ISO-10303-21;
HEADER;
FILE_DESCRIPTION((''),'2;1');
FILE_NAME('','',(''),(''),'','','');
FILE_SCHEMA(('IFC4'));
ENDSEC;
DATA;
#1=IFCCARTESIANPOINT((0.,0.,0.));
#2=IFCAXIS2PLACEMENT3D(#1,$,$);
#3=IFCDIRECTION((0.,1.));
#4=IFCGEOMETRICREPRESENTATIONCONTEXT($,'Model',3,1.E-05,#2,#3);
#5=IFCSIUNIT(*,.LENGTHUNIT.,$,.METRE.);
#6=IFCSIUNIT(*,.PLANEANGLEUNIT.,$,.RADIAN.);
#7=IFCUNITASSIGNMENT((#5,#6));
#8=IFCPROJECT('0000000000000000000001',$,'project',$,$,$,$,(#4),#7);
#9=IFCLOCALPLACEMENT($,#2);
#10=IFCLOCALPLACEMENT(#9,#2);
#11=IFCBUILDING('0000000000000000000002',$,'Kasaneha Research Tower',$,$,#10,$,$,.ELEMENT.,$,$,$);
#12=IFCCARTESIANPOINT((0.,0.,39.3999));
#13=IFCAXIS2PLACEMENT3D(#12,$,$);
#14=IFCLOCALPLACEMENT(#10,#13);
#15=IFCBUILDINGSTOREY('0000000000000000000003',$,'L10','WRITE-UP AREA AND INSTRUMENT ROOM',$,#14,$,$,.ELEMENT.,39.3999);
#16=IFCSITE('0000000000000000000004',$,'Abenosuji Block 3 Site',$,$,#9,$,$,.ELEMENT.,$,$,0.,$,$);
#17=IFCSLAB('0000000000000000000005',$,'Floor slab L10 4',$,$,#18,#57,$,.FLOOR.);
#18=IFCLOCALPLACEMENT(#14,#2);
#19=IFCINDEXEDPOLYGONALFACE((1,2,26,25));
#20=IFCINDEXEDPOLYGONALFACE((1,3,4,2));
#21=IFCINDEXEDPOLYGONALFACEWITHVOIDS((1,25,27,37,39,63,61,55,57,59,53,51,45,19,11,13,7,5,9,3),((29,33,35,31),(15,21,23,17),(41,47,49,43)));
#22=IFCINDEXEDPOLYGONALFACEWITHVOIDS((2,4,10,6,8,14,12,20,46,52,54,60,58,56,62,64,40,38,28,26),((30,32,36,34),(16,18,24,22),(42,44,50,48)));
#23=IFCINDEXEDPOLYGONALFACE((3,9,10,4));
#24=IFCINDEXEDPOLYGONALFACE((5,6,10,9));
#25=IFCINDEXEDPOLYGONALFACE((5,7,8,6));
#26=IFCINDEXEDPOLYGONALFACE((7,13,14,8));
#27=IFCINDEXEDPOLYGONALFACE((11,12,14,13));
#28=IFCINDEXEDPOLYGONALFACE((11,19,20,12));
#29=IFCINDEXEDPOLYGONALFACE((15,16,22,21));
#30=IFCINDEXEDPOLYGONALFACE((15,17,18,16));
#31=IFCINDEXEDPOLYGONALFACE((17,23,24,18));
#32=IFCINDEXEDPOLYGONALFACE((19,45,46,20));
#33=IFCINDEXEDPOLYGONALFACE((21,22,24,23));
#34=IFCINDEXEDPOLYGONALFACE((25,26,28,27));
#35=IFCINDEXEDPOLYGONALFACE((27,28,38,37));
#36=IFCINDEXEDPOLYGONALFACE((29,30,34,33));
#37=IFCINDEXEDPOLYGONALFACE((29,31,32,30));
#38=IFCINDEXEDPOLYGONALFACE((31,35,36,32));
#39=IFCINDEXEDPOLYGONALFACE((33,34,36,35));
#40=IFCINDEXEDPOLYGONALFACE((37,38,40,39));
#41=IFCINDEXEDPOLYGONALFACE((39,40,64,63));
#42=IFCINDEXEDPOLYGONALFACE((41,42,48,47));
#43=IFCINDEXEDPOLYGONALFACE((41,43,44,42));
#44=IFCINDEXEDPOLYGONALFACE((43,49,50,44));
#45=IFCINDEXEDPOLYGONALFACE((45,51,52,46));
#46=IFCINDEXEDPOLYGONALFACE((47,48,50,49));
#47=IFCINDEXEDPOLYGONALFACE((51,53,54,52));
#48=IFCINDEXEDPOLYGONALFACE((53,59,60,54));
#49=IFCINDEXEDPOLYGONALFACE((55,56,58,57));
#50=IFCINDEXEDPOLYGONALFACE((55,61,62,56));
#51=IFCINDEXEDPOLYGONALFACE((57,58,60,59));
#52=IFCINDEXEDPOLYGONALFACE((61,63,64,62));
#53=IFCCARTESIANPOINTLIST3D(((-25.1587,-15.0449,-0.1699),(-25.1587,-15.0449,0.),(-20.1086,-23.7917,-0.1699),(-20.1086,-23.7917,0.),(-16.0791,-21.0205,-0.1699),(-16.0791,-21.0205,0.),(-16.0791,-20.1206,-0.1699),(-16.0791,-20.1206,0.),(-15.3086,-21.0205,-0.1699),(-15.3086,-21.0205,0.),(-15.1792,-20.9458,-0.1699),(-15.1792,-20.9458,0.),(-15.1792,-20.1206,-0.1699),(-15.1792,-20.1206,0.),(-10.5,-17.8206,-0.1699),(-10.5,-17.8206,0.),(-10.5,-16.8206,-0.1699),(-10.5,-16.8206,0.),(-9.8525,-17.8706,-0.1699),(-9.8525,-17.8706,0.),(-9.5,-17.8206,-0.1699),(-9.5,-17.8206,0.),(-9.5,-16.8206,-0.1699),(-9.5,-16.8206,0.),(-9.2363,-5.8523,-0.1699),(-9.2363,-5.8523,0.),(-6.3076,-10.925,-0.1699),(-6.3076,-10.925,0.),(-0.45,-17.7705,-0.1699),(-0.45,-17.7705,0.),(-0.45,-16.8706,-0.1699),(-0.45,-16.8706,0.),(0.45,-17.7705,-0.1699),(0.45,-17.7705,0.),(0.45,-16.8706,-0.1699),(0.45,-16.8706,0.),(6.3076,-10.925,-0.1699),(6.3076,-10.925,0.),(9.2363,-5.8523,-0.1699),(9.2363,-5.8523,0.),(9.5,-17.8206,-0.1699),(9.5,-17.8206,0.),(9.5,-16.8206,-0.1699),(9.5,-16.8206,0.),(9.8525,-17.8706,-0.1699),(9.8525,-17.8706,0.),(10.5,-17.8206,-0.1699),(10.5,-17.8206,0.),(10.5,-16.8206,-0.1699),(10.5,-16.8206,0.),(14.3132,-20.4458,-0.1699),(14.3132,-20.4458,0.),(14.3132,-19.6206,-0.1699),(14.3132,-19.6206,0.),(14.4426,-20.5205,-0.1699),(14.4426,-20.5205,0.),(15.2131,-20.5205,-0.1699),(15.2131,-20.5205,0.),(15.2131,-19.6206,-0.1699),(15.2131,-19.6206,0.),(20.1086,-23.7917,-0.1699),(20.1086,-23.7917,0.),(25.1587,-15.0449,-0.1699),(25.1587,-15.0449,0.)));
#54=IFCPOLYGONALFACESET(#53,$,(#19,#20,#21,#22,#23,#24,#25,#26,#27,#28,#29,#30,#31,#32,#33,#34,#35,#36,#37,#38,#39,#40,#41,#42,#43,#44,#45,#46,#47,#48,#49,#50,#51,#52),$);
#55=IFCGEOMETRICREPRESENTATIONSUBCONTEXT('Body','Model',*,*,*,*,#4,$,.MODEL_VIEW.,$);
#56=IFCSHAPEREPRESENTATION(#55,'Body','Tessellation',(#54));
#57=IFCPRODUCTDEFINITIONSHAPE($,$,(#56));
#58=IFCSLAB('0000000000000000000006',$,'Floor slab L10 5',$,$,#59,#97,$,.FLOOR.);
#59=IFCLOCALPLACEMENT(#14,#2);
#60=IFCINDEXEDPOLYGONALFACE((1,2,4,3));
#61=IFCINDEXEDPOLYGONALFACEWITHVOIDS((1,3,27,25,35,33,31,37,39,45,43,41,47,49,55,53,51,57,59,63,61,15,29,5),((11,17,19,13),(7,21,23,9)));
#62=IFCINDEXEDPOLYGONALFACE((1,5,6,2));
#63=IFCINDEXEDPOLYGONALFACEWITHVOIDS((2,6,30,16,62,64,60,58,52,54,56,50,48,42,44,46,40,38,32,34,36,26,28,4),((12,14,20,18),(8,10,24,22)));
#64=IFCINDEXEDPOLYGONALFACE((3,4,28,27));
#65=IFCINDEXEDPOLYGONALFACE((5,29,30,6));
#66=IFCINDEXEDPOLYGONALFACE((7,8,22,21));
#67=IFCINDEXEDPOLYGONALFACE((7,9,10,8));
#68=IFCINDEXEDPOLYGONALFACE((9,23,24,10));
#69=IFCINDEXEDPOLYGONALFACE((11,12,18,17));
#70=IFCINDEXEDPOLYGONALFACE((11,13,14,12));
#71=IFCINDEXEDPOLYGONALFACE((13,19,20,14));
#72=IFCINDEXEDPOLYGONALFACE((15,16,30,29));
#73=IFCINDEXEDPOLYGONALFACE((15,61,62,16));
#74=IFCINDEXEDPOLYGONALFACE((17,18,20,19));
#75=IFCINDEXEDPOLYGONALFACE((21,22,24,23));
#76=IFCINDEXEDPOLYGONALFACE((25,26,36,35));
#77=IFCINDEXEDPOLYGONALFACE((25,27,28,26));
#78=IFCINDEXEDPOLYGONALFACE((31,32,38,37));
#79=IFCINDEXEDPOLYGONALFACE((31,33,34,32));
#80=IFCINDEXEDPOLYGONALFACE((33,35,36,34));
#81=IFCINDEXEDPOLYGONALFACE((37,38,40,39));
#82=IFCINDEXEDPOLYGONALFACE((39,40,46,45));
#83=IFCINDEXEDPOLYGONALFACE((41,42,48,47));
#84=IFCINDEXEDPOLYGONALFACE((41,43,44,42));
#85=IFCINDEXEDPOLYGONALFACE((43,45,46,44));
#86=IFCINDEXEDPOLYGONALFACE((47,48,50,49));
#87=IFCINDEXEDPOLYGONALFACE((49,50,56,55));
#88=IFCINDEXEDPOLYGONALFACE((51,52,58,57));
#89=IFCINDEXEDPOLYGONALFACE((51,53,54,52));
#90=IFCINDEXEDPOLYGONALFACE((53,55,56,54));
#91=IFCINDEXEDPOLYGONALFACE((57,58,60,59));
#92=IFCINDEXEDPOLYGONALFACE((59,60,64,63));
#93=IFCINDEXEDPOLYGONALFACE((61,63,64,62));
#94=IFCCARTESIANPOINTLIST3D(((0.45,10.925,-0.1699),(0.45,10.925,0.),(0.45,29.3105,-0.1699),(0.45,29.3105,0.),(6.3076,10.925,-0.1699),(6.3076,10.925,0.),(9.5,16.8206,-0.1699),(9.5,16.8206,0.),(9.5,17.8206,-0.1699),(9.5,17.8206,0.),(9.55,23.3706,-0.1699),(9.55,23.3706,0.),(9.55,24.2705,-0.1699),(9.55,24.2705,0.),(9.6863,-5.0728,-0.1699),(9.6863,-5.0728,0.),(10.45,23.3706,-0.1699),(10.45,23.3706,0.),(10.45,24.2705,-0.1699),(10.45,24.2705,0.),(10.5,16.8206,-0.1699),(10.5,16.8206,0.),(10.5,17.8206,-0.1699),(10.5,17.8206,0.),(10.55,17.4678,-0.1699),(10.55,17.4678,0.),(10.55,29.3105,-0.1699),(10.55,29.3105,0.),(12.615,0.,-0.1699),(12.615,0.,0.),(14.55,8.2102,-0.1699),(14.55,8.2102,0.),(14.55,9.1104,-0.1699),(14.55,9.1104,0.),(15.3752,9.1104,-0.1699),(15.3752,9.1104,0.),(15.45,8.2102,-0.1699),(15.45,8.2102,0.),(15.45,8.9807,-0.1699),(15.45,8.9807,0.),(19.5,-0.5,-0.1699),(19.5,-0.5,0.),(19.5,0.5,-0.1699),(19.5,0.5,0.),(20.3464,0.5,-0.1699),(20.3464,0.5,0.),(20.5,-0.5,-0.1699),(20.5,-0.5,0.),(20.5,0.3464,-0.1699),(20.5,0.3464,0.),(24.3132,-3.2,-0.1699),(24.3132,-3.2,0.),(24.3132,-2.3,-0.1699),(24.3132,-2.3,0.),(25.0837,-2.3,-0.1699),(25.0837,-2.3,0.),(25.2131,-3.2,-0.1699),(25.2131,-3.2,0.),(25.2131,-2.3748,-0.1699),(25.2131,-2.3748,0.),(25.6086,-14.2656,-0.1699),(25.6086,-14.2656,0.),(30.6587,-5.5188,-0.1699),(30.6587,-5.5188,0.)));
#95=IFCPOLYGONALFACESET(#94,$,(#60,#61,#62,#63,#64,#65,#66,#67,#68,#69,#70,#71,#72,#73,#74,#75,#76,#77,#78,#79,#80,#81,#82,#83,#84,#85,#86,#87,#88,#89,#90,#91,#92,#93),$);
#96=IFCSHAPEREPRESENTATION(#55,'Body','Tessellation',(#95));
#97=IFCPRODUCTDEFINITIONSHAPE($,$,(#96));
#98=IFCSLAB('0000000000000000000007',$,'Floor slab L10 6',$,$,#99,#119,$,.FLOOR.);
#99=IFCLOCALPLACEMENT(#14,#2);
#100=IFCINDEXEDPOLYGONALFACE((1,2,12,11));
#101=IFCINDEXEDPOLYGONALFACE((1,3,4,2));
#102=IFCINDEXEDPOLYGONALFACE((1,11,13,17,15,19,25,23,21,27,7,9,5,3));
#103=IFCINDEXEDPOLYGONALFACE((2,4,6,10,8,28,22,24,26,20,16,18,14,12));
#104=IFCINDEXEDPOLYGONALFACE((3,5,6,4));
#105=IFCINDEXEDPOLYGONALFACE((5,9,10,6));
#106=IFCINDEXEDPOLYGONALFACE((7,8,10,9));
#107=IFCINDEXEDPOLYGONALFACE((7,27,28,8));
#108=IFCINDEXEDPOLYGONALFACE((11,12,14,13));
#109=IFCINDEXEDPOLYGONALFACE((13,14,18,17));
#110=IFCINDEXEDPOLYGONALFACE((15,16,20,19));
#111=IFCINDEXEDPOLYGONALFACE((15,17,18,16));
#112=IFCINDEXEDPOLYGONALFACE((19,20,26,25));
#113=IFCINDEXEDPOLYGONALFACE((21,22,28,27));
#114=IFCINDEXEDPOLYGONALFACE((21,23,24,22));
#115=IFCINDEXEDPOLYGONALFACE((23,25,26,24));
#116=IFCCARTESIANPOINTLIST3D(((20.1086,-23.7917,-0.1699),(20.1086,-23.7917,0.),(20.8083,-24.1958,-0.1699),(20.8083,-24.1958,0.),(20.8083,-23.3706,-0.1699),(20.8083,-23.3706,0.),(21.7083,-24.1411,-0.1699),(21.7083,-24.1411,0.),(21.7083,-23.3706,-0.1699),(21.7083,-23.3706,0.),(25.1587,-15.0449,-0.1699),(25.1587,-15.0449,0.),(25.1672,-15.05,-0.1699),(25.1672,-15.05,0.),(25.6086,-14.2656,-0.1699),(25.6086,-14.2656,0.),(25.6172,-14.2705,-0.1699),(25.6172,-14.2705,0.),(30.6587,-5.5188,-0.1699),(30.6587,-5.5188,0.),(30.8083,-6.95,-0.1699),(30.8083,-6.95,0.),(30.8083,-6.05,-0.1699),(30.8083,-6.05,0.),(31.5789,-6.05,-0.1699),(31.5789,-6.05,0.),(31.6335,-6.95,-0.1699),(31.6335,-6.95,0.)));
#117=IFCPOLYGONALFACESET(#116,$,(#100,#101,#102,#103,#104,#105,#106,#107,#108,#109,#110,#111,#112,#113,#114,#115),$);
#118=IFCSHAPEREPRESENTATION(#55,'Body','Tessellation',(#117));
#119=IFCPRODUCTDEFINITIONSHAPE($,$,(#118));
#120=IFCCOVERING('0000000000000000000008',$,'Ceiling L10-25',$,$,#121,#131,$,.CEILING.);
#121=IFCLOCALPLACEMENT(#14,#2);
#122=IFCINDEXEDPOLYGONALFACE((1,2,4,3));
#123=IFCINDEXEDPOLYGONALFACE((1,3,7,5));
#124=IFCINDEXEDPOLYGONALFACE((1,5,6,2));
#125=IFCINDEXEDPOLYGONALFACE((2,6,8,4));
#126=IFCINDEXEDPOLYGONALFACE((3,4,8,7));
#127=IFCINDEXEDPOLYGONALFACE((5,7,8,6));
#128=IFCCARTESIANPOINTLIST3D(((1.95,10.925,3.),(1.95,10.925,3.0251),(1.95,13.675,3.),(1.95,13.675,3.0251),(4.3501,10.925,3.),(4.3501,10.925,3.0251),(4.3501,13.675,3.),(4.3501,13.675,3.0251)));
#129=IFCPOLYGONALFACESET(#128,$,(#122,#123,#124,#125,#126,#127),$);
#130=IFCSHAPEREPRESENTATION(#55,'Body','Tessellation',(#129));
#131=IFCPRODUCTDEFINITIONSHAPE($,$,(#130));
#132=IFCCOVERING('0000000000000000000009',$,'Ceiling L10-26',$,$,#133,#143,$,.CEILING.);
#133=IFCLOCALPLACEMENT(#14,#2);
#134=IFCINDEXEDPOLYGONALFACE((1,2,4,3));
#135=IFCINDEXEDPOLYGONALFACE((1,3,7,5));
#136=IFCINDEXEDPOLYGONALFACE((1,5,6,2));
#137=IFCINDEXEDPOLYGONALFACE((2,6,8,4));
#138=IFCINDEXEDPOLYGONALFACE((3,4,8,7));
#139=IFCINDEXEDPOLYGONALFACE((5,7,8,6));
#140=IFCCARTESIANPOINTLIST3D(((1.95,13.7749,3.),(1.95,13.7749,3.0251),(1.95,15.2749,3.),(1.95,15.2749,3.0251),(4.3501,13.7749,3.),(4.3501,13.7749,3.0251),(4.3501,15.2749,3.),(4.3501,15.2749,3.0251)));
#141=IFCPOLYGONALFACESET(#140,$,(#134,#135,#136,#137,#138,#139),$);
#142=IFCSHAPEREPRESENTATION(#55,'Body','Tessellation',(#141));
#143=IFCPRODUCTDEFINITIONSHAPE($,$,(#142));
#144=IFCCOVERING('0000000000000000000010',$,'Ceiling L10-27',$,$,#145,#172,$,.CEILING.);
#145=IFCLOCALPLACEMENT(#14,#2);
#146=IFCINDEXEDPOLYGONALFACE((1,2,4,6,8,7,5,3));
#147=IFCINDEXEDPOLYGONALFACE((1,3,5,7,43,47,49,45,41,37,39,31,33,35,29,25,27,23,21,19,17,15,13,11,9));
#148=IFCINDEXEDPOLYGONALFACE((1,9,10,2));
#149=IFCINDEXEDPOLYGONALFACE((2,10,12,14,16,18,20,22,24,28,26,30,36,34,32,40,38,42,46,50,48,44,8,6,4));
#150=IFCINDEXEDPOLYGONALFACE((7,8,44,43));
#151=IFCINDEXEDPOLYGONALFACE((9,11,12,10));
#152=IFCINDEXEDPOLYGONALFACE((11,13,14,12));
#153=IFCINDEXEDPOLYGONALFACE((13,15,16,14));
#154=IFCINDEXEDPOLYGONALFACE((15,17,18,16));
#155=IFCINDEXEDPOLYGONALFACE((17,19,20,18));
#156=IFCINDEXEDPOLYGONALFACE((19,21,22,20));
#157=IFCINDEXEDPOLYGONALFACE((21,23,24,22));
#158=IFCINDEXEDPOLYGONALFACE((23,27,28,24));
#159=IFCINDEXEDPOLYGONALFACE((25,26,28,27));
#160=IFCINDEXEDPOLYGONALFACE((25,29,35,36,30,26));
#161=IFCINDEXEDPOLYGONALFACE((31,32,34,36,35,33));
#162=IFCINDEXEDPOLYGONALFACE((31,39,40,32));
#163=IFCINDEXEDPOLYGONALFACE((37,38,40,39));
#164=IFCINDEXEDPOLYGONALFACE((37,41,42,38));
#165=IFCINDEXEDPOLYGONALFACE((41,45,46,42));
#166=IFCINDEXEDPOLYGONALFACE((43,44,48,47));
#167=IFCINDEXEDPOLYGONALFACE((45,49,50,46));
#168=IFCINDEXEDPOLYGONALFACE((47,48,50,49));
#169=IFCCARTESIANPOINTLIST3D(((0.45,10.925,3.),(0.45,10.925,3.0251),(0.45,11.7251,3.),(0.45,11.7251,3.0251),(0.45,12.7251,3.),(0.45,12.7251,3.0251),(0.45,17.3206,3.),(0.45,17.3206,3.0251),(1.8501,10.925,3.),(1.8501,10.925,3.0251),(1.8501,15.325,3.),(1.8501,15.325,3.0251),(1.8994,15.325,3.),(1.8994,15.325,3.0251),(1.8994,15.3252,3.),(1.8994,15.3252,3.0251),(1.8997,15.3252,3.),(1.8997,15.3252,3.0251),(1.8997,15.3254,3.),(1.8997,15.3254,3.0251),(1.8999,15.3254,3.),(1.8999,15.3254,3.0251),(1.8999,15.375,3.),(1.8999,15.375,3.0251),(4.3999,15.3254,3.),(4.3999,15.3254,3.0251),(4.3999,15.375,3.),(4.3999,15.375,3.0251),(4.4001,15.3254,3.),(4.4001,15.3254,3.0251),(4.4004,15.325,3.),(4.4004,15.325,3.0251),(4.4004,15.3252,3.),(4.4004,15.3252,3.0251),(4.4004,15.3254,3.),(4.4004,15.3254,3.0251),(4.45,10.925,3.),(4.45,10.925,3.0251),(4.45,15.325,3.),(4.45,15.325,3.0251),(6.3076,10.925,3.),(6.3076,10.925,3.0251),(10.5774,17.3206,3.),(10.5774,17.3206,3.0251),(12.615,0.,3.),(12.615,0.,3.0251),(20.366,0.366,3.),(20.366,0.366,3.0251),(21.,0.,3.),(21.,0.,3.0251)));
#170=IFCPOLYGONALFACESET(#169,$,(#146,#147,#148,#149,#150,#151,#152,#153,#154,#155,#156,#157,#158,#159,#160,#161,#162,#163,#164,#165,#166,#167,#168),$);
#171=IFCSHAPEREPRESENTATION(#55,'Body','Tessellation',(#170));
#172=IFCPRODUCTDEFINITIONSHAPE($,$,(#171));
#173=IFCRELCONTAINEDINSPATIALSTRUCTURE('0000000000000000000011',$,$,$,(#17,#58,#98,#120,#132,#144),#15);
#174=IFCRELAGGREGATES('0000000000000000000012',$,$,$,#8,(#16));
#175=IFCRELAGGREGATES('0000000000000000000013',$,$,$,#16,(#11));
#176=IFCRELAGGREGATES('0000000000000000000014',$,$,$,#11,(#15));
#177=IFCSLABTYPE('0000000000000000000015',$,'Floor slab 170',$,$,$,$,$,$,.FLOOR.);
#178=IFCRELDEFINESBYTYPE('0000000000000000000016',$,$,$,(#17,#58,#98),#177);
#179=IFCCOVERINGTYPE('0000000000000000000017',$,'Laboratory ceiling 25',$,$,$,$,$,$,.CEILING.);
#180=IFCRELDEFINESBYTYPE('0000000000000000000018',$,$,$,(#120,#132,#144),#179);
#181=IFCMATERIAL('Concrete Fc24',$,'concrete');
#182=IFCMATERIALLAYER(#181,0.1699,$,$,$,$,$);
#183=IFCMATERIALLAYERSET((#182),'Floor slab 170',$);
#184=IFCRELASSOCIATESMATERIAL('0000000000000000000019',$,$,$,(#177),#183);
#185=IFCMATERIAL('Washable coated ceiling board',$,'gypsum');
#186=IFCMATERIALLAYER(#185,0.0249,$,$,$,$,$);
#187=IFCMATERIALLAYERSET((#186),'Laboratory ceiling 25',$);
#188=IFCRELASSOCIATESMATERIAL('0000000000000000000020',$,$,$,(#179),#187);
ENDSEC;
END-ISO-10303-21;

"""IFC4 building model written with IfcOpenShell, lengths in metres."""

from ifc_helpers import new_model, si_unit, direction, frame, origin, place, context, subcontext, project, spatial, polyline, outline, extrude, material, layer, layer_set, type_object, element, save


model = new_model("IFC4")

# Units and contexts
model_context = context("Model", 3, precision=1e-05, world=origin(), true_north=direction((0.0, 1.0)))
body_context = subcontext(model_context, "Body", "Model", "MODEL_VIEW")
ifc_project = project(units=[si_unit("LENGTHUNIT", "METRE"), si_unit("PLANEANGLEUNIT", "RADIAN")], contexts=[model_context])

# Site, building, storey
site_placement = place(None, origin())
site = spatial("IfcSite", under=ifc_project, at=site_placement, Name="Abenosuji Block 3 Site", CompositionType="ELEMENT", RefElevation=0.0)
building_placement = place(site_placement, origin())
building = spatial("IfcBuilding", under=site, at=building_placement, Name="Kasaneha Research Tower", CompositionType="ELEMENT")
storey_placement = place(building_placement, frame((0.0, 0.0, 39.3999)))
storey = spatial("IfcBuildingStorey", under=building, at=storey_placement, Name="L10", Description="WRITE-UP AREA AND INSTRUMENT ROOM", CompositionType="ELEMENT", Elevation=39.3999)

# Slabs
ifc_material_1 = material(Name="Concrete Fc24", Category="concrete")
ifc_layer_1 = layer(ifc_material_1, 0.1699)
ifc_layer_set_1 = layer_set([ifc_layer_1], Name="Floor slab 170")
slab_type_1 = type_object("IfcSlabType", Name="Floor slab 170", PredefinedType="FLOOR", material=ifc_layer_set_1)
slab_1_placement = place(storey_placement, frame((0.0, 0.0, -0.1699)))
element("IfcSlab", 1, at=slab_1_placement, inside=storey, type_object=slab_type_1, Name="Floor slab L10 4", PredefinedType="FLOOR", context=body_context, shape_type="SweptSolid", body=[
    extrude(outline(polyline([(-6.3076, -10.925), (6.3076, -10.925), (9.2363, -5.8523), (25.1587, -15.0449), (20.1086, -23.7917), (14.4426, -20.5205), (15.2131, -20.5205), (15.2131, -19.6206), (14.3132, -19.6206), (14.3132, -20.4458), (9.8525, -17.8706), (-9.8525, -17.8706), (-15.1792, -20.9458), (-15.1792, -20.1206), (-16.0791, -20.1206), (-16.0791, -21.0205), (-15.3086, -21.0205), (-20.1086, -23.7917), (-25.1587, -15.0449), (-9.2363, -5.8523), (-6.3076, -10.925)]), holes=[polyline([(-0.45, -17.7705), (0.45, -17.7705), (0.45, -16.8706), (-0.45, -16.8706), (-0.45, -17.7705)]), polyline([(-9.5, -17.8206), (-9.5, -16.8206), (-10.5, -16.8206), (-10.5, -17.8206), (-9.5, -17.8206)]), polyline([(10.5, -17.8206), (10.5, -16.8206), (9.5, -16.8206), (9.5, -17.8206), (10.5, -17.8206)])]), origin(), (0.0, 0.0, 1.0), 0.1699),
])
slab_2_placement = place(storey_placement, frame((0.0, 0.0, -0.1699)))
element("IfcSlab", 2, at=slab_2_placement, inside=storey, type_object=slab_type_1, Name="Floor slab L10 5", PredefinedType="FLOOR", context=body_context, shape_type="SweptSolid", body=[
    extrude(outline(polyline([(9.6863, -5.0728), (12.615, 0.0), (6.3076, 10.925), (0.45, 10.925), (0.45, 29.3105), (10.55, 29.3105), (10.55, 17.4678), (15.3752, 9.1104), (14.55, 9.1104), (14.55, 8.2102), (15.45, 8.2102), (15.45, 8.9807), (20.3464, 0.5), (19.5, 0.5), (19.5, -0.5), (20.5, -0.5), (20.5, 0.3464), (25.0837, -2.3), (24.3132, -2.3), (24.3132, -3.2), (25.2131, -3.2), (25.2131, -2.3748), (30.6587, -5.5188), (25.6086, -14.2656), (9.6863, -5.0728)]), holes=[polyline([(9.5, 16.8206), (10.5, 16.8206), (10.5, 17.8206), (9.5, 17.8206), (9.5, 16.8206)]), polyline([(9.55, 23.3706), (10.45, 23.3706), (10.45, 24.2705), (9.55, 24.2705), (9.55, 23.3706)])]), origin(), (0.0, 0.0, 1.0), 0.1699),
])
slab_3_placement = place(storey_placement, frame((0.0, 0.0, -0.1699)))
element("IfcSlab", 3, at=slab_3_placement, inside=storey, type_object=slab_type_1, Name="Floor slab L10 6", PredefinedType="FLOOR", context=body_context, shape_type="SweptSolid", body=[
    extrude(outline(polyline([(25.1672, -15.05), (25.6172, -14.2705), (25.6086, -14.2656), (30.6587, -5.5188), (31.5789, -6.05), (30.8083, -6.05), (30.8083, -6.95), (31.6335, -6.95), (21.7083, -24.1411), (21.7083, -23.3706), (20.8083, -23.3706), (20.8083, -24.1958), (20.1086, -23.7917), (25.1587, -15.0449), (25.1672, -15.05)])), origin(), (0.0, 0.0, 1.0), 0.1699),
])

# Coverings
ifc_material_2 = material(Name="Washable coated ceiling board", Category="gypsum")
ifc_layer_2 = layer(ifc_material_2, 0.0249)
ifc_layer_set_2 = layer_set([ifc_layer_2], Name="Laboratory ceiling 25")
covering_type_1 = type_object("IfcCoveringType", Name="Laboratory ceiling 25", PredefinedType="CEILING", material=ifc_layer_set_2)
covering_1_placement = place(storey_placement, frame((0.0, 0.0, 3.0)))
element("IfcCovering", 4, at=covering_1_placement, inside=storey, type_object=covering_type_1, Name="Ceiling L10-25", PredefinedType="CEILING", context=body_context, shape_type="SweptSolid", body=[
    extrude(outline(polyline([(1.95, 10.925), (1.95, 13.675), (4.3501, 13.675), (4.3501, 10.925), (1.95, 10.925)])), origin(), (0.0, 0.0, 1.0), 0.0251),
])
covering_2_placement = place(storey_placement, frame((0.0, 0.0, 3.0)))
element("IfcCovering", 5, at=covering_2_placement, inside=storey, type_object=covering_type_1, Name="Ceiling L10-26", PredefinedType="CEILING", context=body_context, shape_type="SweptSolid", body=[
    extrude(outline(polyline([(1.95, 15.2749), (4.3501, 15.2749), (4.3501, 13.7749), (1.95, 13.7749), (1.95, 15.2749)])), origin(), (0.0, 0.0, 1.0), 0.0251),
])
covering_3_placement = place(storey_placement, frame((0.0, 0.0, 3.0)))
element("IfcCovering", 6, at=covering_3_placement, inside=storey, type_object=covering_type_1, Name="Ceiling L10-27", PredefinedType="CEILING", context=body_context, shape_type="SweptSolid", body=[
    extrude(outline(polyline([(12.615, 0.0), (6.3076, 10.925), (4.4004, 10.925), (4.4004, 10.925), (4.45, 10.925), (4.45, 15.325), (4.4004, 15.325), (4.4004, 15.325), (4.4004, 15.3252), (4.4004, 15.3252), (4.4004, 15.3252), (4.4004, 15.3252), (4.4004, 15.3252), (4.4004, 15.3254), (4.4004, 15.3254), (4.4004, 15.3254), (4.4004, 15.3254), (4.4001, 15.3254), (4.4001, 15.3254), (4.4001, 15.3254), (4.4001, 15.3254), (4.4001, 15.3254), (4.3999, 15.3254), (4.3999, 15.375), (1.8999, 15.375), (1.8999, 15.3254), (1.8999, 15.3254), (1.8999, 15.3254), (1.8999, 15.3254), (1.8999, 15.3254), (1.8997, 15.3254), (1.8997, 15.3254), (1.8997, 15.3254), (1.8997, 15.3254), (1.8997, 15.3254), (1.8997, 15.3252), (1.8997, 15.3252), (1.8997, 15.3252), (1.8994, 15.3252), (1.8994, 15.3252), (1.8994, 15.325), (1.8994, 15.325), (1.8501, 15.325), (1.8501, 10.925), (0.45, 10.925), (0.45, 11.7251), (0.45, 12.7251), (0.45, 17.3206), (10.5774, 17.3206), (20.366, 0.366), (21.0, 0.0), (12.615, 0.0)])), origin(), (0.0, 0.0, 1.0), 0.0251),
])

save(model, "model.ifc")
